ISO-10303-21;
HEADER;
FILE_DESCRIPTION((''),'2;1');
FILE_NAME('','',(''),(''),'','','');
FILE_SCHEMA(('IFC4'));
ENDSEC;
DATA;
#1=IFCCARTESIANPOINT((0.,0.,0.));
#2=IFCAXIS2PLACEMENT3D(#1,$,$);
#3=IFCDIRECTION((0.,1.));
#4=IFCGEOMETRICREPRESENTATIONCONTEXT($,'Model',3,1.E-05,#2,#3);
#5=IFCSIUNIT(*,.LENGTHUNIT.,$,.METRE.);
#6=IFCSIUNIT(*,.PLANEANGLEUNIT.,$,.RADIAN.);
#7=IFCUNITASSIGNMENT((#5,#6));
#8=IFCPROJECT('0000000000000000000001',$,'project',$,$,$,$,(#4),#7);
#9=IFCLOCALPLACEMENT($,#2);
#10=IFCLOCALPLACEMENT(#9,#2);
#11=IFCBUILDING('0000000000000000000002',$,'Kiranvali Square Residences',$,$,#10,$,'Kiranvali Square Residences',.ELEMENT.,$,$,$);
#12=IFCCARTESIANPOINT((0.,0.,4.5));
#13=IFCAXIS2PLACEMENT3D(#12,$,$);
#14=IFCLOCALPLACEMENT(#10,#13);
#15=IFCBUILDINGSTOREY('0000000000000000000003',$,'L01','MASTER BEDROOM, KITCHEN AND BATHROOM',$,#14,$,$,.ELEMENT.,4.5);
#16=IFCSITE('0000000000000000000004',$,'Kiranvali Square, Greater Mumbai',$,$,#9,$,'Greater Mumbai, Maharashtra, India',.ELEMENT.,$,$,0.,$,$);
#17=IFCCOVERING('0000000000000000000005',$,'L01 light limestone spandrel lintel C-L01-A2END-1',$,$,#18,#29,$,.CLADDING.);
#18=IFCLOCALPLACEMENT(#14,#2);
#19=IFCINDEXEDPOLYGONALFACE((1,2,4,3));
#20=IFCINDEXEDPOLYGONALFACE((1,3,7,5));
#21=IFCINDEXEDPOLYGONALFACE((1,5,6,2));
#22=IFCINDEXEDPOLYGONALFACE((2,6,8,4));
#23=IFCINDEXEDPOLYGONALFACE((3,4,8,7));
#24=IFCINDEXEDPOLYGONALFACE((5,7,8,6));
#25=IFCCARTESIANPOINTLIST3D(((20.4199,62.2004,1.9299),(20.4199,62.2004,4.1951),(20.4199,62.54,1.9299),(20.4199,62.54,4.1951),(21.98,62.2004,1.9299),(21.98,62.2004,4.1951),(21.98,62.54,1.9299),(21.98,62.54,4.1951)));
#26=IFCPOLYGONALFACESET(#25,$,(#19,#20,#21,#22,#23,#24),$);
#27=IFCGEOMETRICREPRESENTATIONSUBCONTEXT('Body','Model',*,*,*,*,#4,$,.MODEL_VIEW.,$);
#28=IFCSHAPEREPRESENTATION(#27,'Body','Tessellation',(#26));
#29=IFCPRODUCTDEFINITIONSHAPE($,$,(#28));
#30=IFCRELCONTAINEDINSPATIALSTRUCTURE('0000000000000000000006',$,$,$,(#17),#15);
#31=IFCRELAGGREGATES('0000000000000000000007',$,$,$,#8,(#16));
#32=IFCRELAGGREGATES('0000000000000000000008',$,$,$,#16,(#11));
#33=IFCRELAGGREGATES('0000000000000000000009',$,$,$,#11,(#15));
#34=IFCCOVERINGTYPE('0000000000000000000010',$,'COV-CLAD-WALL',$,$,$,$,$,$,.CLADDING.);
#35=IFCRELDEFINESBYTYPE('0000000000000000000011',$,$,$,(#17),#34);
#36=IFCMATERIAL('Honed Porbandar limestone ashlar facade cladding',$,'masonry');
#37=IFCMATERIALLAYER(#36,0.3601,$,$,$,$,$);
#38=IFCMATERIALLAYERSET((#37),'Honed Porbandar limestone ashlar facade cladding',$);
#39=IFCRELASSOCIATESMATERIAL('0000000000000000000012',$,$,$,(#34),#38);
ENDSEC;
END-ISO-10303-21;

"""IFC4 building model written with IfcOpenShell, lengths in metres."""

from ifc_helpers import new_model, si_unit, direction, frame, origin, place, context, subcontext, project, spatial, polyline, outline, extrude, material, layer, layer_set, type_object, element, save


model = new_model("IFC4")

# Units and contexts
model_context = context("Model", 3, precision=1e-05, world=origin(), true_north=direction((0.0, 1.0)))
body_context = subcontext(model_context, "Body", "Model", "MODEL_VIEW")
ifc_project = project(units=[si_unit("LENGTHUNIT", "METRE"), si_unit("PLANEANGLEUNIT", "RADIAN")], contexts=[model_context])

# Site, building, storey
site_placement = place(None, origin())
site = spatial("IfcSite", under=ifc_project, at=site_placement, Name="Kiranvali Square, Greater Mumbai", LongName="Greater Mumbai, Maharashtra, India", CompositionType="ELEMENT", RefElevation=0.0)
building_placement = place(site_placement, origin())
building = spatial("IfcBuilding", under=site, at=building_placement, Name="Kiranvali Square Residences", LongName="Kiranvali Square Residences", CompositionType="ELEMENT")
storey_placement = place(building_placement, frame((0.0, 0.0, 4.5)))
storey = spatial("IfcBuildingStorey", under=building, at=storey_placement, Name="L01", Description="MASTER BEDROOM, KITCHEN AND BATHROOM", CompositionType="ELEMENT", Elevation=4.5)

# Covering
ifc_material = material(Name="Honed Porbandar limestone ashlar facade cladding", Category="masonry")
ifc_layer = layer(ifc_material, 0.3601)
ifc_layer_set = layer_set([ifc_layer], Name="Honed Porbandar limestone ashlar facade cladding")
covering_type = type_object("IfcCoveringType", Name="COV-CLAD-WALL", PredefinedType="CLADDING", material=ifc_layer_set)
covering_1_placement = place(storey_placement, frame((0.0, 0.0, 1.9299)))
element("IfcCovering", 1, at=covering_1_placement, inside=storey, type_object=covering_type, Name="L01 light limestone spandrel lintel C-L01-A2END-1", PredefinedType="CLADDING", context=body_context, shape_type="SweptSolid", body=[
    extrude(outline(polyline([(21.98, 62.54), (20.4199, 62.54), (20.4199, 62.2004), (21.98, 62.2004), (21.98, 62.54)])), origin(), (0.0, 0.0, 1.0), 2.2651),
])

save(model, "model.ifc")
